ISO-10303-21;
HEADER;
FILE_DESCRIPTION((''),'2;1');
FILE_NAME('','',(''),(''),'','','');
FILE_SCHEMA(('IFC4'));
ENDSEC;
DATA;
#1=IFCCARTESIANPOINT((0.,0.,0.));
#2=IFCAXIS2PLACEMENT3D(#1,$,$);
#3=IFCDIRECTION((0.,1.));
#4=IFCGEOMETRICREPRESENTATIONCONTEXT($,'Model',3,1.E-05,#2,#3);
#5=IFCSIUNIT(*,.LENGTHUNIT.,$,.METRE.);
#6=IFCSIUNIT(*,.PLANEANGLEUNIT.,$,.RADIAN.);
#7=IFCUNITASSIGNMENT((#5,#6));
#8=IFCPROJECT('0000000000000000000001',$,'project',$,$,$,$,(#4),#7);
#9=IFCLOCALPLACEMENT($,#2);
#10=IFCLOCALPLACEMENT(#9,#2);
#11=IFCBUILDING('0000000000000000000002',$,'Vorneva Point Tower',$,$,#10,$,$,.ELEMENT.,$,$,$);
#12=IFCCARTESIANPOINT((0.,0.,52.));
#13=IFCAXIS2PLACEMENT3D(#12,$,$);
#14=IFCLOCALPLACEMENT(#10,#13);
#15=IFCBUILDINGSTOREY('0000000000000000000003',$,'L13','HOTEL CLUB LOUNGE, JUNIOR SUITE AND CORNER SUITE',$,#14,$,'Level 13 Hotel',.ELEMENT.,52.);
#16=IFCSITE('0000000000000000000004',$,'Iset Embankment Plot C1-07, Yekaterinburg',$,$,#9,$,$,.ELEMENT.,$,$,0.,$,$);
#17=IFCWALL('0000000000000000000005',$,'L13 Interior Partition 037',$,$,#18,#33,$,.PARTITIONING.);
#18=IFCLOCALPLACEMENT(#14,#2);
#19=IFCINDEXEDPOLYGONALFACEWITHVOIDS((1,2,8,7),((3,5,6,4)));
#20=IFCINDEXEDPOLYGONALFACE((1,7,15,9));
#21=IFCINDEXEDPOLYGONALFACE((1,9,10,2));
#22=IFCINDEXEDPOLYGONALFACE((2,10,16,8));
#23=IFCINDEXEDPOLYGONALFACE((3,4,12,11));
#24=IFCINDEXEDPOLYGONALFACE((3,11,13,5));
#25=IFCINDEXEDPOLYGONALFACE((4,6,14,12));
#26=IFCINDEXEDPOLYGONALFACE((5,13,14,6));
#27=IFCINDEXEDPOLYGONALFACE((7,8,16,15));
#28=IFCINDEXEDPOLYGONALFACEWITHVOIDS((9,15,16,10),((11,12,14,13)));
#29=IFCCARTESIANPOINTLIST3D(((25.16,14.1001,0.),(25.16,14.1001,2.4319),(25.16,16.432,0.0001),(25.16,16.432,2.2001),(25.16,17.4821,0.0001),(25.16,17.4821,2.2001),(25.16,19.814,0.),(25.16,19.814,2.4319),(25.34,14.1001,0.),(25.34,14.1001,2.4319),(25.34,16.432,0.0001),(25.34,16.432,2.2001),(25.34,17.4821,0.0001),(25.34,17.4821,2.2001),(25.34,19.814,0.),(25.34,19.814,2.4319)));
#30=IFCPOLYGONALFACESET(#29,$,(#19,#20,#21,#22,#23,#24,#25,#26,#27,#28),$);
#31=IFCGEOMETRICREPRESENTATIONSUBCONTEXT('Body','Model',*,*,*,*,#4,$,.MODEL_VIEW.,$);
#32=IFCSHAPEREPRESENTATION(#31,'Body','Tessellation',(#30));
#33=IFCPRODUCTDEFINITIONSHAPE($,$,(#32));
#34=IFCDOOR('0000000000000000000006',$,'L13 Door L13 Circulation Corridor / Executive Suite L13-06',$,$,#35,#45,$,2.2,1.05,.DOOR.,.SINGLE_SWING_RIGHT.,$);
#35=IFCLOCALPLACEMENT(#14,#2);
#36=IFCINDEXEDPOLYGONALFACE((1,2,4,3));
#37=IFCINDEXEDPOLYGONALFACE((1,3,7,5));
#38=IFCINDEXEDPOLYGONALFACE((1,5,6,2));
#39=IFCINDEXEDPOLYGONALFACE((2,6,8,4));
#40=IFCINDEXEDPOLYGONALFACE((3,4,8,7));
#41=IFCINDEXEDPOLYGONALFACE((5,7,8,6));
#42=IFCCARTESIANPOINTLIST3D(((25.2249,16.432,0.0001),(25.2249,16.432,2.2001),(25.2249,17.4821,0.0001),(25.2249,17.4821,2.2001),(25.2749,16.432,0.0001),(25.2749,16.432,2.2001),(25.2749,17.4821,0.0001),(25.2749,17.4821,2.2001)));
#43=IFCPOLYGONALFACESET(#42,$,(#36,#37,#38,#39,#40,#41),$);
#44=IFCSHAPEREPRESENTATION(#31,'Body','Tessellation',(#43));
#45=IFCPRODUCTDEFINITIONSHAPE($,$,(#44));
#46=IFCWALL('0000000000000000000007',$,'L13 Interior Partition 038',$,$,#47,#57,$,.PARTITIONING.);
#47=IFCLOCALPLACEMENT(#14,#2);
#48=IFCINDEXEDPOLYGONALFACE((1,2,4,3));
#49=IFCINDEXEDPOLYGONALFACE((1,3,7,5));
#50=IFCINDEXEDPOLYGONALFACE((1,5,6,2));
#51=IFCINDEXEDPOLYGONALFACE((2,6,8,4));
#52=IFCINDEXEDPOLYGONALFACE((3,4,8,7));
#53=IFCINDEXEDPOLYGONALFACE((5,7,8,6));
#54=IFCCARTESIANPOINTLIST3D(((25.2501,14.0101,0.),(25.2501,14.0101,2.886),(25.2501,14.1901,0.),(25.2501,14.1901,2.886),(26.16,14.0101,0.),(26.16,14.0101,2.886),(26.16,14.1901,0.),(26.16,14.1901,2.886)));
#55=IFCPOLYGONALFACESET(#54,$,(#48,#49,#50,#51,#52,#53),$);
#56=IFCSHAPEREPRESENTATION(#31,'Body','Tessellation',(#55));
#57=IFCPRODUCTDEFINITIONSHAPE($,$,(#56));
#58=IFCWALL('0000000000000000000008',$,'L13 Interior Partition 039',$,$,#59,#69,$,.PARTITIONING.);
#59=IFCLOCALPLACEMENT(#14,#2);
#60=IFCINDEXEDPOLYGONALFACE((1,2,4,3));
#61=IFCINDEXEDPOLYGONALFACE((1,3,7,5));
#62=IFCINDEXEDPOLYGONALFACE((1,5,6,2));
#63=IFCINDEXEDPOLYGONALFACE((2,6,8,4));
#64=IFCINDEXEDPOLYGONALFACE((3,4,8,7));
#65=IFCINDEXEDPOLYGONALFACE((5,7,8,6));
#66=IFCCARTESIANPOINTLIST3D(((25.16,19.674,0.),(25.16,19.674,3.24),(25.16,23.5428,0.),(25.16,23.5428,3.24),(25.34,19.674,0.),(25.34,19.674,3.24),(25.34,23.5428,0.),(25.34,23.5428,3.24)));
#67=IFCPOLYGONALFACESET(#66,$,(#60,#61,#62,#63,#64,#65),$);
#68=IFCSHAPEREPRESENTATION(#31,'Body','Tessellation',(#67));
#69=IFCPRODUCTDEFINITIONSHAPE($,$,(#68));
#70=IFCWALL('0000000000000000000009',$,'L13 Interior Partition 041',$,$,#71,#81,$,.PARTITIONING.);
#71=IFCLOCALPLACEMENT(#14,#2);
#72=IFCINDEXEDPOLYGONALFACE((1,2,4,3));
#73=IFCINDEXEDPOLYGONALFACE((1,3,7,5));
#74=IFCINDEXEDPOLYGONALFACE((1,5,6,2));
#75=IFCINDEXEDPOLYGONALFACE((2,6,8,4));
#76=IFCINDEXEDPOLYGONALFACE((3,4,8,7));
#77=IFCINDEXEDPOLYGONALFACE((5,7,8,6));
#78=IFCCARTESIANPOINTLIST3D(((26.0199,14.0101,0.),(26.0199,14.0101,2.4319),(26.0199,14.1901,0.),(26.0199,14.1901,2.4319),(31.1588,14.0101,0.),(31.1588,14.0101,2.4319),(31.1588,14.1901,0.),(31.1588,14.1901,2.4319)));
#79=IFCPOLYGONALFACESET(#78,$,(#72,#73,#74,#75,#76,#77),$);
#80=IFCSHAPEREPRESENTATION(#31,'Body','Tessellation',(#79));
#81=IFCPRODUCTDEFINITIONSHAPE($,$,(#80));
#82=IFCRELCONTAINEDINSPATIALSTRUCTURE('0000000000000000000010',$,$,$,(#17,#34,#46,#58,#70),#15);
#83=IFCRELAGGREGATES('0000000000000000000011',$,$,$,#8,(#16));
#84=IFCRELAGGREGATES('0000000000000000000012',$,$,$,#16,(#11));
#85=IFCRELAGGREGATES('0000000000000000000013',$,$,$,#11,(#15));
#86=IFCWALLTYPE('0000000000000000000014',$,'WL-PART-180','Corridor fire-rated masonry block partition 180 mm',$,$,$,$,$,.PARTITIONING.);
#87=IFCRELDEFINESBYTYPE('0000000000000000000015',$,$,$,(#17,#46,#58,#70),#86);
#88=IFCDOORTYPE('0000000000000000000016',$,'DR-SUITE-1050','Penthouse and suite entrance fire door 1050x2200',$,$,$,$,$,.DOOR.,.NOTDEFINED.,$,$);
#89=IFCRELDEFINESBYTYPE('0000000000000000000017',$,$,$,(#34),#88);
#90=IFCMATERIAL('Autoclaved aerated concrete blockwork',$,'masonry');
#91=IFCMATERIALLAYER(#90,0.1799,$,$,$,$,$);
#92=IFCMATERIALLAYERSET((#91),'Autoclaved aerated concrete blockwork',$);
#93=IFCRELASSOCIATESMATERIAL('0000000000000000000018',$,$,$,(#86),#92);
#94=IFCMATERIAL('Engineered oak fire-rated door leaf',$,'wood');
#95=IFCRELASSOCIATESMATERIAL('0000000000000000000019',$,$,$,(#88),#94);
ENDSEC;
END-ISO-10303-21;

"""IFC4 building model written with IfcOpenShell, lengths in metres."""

from ifc_helpers import new_model, si_unit, direction, frame, frame_2d, origin, place, context, subcontext, project, spatial, rectangle, extrude, material, layer, layer_set, type_object, element, fill, save


model = new_model("IFC4")

# Units and contexts
model_context = context("Model", 3, precision=1e-05, world=origin(), true_north=direction((0.0, 1.0)))
body_context = subcontext(model_context, "Body", "Model", "MODEL_VIEW")
ifc_project = project(units=[si_unit("LENGTHUNIT", "METRE"), si_unit("PLANEANGLEUNIT", "RADIAN")], contexts=[model_context])

# Site, building, storey
site_placement = place(None, origin())
site = spatial("IfcSite", under=ifc_project, at=site_placement, Name="Iset Embankment Plot C1-07, Yekaterinburg", CompositionType="ELEMENT", RefElevation=0.0)
building_placement = place(site_placement, origin())
building = spatial("IfcBuilding", under=site, at=building_placement, Name="Vorneva Point Tower", CompositionType="ELEMENT")
storey_placement = place(building_placement, frame((0.0, 0.0, 52.0)))
storey = spatial("IfcBuildingStorey", under=building, at=storey_placement, Name="L13", Description="HOTEL CLUB LOUNGE, JUNIOR SUITE AND CORNER SUITE", LongName="Level 13 Hotel", CompositionType="ELEMENT", Elevation=52.0)

# Shared definitions
ifc_material_1 = material(Name="Engineered oak fire-rated door leaf", Category="wood")

# Wall, opening, door
ifc_material_2 = material(Name="Autoclaved aerated concrete blockwork", Category="masonry")
ifc_layer_1 = layer(ifc_material_2, 0.1799)
ifc_layer_set_1 = layer_set([ifc_layer_1], Name="Autoclaved aerated concrete blockwork")
wall_type_1 = type_object("IfcWallType", Name="WL-PART-180", Description="Corridor fire-rated masonry block partition 180 mm", PredefinedType="PARTITIONING", material=ifc_layer_set_1)
wall_1_placement = place(storey_placement, frame((25.25, 19.814, 0.0), z_axis=(0.0, 0.0, 1.0), x_axis=(0.0, -1.0, 0.0)))
wall_1 = element("IfcWall", 1, at=wall_1_placement, inside=storey, type_object=wall_type_1, Name="L13 Interior Partition 037", PredefinedType="PARTITIONING", context=body_context, shape_type="SweptSolid", body=[
    extrude(rectangle(XDim=5.7139, YDim=0.1799, at=frame_2d((2.8569, 0.0))), origin(), (0.0, 0.0, 1.0), 2.4319),
])
opening_1_placement = place(wall_1_placement, frame((2.332, 0.0, 0.0)))
opening_1 = element("IfcOpeningElement", 2, at=opening_1_placement, cuts=wall_1, PredefinedType="OPENING", context=body_context, shape_type="SweptSolid", body=[
    extrude(rectangle(XDim=1.05, YDim=2.2, at=frame_2d((0.5249, 1.1001))), frame((0.0, 0.105, 0.0), z_axis=(0.0, -1.0, 0.0), x_axis=(1.0, 0.0, 0.0)), (0.0, 0.0, 1.0), 0.2097),
])
door_type_1 = type_object("IfcDoorType", Name="DR-SUITE-1050", Description="Penthouse and suite entrance fire door 1050x2200", OperationType="NOTDEFINED", PredefinedType="DOOR", material=ifc_material_1)
door_1_placement = place(opening_1_placement, origin())
door_1 = element("IfcDoor", 3, at=door_1_placement, inside=storey, type_object=door_type_1, Name="L13 Door L13 Circulation Corridor / Executive Suite L13-06", OperationType="SINGLE_SWING_RIGHT", OverallHeight=2.2, OverallWidth=1.05, PredefinedType="DOOR", context=body_context, shape_type="SweptSolid", body=[
    extrude(rectangle(XDim=1.05, YDim=2.2, at=frame_2d((0.5249, 1.1001))), frame((0.0, 0.0249, 0.0), z_axis=(0.0, -1.0, 0.0), x_axis=(1.0, 0.0, 0.0)), (0.0, 0.0, 1.0), 0.05),
])
fill(opening_1, door_1)

# Walls
wall_2_placement = place(storey_placement, frame((25.25, 14.1001, 0.0), z_axis=(0.0, 0.0, 1.0), x_axis=(1.0, 0.0, 0.0)))
element("IfcWall", 4, at=wall_2_placement, inside=storey, type_object=wall_type_1, Name="L13 Interior Partition 038", PredefinedType="PARTITIONING", context=body_context, shape_type="SweptSolid", body=[
    extrude(rectangle(XDim=0.9099, YDim=0.1799, at=frame_2d((0.4551, 0.0))), origin(), (0.0, 0.0, 1.0), 2.886),
])
wall_3_placement = place(storey_placement, frame((25.25, 23.543, 0.0), z_axis=(0.0, 0.0, 1.0), x_axis=(0.0, -1.0, 0.0)))
element("IfcWall", 5, at=wall_3_placement, inside=storey, type_object=wall_type_1, Name="L13 Interior Partition 039", PredefinedType="PARTITIONING", context=body_context, shape_type="SweptSolid", body=[
    extrude(rectangle(XDim=3.8689, YDim=0.1799, at=frame_2d((1.9346, 0.0))), origin(), (0.0, 0.0, 1.0), 3.24),
])
wall_4_placement = place(storey_placement, frame((26.02, 14.1001, 0.0), z_axis=(0.0, 0.0, 1.0), x_axis=(1.0, 0.0, 0.0)))
element("IfcWall", 6, at=wall_4_placement, inside=storey, type_object=wall_type_1, Name="L13 Interior Partition 041", PredefinedType="PARTITIONING", context=body_context, shape_type="SweptSolid", body=[
    extrude(rectangle(XDim=5.1389, YDim=0.1799, at=frame_2d((2.5693, 0.0))), origin(), (0.0, 0.0, 1.0), 2.4319),
])

save(model, "model.ifc")
